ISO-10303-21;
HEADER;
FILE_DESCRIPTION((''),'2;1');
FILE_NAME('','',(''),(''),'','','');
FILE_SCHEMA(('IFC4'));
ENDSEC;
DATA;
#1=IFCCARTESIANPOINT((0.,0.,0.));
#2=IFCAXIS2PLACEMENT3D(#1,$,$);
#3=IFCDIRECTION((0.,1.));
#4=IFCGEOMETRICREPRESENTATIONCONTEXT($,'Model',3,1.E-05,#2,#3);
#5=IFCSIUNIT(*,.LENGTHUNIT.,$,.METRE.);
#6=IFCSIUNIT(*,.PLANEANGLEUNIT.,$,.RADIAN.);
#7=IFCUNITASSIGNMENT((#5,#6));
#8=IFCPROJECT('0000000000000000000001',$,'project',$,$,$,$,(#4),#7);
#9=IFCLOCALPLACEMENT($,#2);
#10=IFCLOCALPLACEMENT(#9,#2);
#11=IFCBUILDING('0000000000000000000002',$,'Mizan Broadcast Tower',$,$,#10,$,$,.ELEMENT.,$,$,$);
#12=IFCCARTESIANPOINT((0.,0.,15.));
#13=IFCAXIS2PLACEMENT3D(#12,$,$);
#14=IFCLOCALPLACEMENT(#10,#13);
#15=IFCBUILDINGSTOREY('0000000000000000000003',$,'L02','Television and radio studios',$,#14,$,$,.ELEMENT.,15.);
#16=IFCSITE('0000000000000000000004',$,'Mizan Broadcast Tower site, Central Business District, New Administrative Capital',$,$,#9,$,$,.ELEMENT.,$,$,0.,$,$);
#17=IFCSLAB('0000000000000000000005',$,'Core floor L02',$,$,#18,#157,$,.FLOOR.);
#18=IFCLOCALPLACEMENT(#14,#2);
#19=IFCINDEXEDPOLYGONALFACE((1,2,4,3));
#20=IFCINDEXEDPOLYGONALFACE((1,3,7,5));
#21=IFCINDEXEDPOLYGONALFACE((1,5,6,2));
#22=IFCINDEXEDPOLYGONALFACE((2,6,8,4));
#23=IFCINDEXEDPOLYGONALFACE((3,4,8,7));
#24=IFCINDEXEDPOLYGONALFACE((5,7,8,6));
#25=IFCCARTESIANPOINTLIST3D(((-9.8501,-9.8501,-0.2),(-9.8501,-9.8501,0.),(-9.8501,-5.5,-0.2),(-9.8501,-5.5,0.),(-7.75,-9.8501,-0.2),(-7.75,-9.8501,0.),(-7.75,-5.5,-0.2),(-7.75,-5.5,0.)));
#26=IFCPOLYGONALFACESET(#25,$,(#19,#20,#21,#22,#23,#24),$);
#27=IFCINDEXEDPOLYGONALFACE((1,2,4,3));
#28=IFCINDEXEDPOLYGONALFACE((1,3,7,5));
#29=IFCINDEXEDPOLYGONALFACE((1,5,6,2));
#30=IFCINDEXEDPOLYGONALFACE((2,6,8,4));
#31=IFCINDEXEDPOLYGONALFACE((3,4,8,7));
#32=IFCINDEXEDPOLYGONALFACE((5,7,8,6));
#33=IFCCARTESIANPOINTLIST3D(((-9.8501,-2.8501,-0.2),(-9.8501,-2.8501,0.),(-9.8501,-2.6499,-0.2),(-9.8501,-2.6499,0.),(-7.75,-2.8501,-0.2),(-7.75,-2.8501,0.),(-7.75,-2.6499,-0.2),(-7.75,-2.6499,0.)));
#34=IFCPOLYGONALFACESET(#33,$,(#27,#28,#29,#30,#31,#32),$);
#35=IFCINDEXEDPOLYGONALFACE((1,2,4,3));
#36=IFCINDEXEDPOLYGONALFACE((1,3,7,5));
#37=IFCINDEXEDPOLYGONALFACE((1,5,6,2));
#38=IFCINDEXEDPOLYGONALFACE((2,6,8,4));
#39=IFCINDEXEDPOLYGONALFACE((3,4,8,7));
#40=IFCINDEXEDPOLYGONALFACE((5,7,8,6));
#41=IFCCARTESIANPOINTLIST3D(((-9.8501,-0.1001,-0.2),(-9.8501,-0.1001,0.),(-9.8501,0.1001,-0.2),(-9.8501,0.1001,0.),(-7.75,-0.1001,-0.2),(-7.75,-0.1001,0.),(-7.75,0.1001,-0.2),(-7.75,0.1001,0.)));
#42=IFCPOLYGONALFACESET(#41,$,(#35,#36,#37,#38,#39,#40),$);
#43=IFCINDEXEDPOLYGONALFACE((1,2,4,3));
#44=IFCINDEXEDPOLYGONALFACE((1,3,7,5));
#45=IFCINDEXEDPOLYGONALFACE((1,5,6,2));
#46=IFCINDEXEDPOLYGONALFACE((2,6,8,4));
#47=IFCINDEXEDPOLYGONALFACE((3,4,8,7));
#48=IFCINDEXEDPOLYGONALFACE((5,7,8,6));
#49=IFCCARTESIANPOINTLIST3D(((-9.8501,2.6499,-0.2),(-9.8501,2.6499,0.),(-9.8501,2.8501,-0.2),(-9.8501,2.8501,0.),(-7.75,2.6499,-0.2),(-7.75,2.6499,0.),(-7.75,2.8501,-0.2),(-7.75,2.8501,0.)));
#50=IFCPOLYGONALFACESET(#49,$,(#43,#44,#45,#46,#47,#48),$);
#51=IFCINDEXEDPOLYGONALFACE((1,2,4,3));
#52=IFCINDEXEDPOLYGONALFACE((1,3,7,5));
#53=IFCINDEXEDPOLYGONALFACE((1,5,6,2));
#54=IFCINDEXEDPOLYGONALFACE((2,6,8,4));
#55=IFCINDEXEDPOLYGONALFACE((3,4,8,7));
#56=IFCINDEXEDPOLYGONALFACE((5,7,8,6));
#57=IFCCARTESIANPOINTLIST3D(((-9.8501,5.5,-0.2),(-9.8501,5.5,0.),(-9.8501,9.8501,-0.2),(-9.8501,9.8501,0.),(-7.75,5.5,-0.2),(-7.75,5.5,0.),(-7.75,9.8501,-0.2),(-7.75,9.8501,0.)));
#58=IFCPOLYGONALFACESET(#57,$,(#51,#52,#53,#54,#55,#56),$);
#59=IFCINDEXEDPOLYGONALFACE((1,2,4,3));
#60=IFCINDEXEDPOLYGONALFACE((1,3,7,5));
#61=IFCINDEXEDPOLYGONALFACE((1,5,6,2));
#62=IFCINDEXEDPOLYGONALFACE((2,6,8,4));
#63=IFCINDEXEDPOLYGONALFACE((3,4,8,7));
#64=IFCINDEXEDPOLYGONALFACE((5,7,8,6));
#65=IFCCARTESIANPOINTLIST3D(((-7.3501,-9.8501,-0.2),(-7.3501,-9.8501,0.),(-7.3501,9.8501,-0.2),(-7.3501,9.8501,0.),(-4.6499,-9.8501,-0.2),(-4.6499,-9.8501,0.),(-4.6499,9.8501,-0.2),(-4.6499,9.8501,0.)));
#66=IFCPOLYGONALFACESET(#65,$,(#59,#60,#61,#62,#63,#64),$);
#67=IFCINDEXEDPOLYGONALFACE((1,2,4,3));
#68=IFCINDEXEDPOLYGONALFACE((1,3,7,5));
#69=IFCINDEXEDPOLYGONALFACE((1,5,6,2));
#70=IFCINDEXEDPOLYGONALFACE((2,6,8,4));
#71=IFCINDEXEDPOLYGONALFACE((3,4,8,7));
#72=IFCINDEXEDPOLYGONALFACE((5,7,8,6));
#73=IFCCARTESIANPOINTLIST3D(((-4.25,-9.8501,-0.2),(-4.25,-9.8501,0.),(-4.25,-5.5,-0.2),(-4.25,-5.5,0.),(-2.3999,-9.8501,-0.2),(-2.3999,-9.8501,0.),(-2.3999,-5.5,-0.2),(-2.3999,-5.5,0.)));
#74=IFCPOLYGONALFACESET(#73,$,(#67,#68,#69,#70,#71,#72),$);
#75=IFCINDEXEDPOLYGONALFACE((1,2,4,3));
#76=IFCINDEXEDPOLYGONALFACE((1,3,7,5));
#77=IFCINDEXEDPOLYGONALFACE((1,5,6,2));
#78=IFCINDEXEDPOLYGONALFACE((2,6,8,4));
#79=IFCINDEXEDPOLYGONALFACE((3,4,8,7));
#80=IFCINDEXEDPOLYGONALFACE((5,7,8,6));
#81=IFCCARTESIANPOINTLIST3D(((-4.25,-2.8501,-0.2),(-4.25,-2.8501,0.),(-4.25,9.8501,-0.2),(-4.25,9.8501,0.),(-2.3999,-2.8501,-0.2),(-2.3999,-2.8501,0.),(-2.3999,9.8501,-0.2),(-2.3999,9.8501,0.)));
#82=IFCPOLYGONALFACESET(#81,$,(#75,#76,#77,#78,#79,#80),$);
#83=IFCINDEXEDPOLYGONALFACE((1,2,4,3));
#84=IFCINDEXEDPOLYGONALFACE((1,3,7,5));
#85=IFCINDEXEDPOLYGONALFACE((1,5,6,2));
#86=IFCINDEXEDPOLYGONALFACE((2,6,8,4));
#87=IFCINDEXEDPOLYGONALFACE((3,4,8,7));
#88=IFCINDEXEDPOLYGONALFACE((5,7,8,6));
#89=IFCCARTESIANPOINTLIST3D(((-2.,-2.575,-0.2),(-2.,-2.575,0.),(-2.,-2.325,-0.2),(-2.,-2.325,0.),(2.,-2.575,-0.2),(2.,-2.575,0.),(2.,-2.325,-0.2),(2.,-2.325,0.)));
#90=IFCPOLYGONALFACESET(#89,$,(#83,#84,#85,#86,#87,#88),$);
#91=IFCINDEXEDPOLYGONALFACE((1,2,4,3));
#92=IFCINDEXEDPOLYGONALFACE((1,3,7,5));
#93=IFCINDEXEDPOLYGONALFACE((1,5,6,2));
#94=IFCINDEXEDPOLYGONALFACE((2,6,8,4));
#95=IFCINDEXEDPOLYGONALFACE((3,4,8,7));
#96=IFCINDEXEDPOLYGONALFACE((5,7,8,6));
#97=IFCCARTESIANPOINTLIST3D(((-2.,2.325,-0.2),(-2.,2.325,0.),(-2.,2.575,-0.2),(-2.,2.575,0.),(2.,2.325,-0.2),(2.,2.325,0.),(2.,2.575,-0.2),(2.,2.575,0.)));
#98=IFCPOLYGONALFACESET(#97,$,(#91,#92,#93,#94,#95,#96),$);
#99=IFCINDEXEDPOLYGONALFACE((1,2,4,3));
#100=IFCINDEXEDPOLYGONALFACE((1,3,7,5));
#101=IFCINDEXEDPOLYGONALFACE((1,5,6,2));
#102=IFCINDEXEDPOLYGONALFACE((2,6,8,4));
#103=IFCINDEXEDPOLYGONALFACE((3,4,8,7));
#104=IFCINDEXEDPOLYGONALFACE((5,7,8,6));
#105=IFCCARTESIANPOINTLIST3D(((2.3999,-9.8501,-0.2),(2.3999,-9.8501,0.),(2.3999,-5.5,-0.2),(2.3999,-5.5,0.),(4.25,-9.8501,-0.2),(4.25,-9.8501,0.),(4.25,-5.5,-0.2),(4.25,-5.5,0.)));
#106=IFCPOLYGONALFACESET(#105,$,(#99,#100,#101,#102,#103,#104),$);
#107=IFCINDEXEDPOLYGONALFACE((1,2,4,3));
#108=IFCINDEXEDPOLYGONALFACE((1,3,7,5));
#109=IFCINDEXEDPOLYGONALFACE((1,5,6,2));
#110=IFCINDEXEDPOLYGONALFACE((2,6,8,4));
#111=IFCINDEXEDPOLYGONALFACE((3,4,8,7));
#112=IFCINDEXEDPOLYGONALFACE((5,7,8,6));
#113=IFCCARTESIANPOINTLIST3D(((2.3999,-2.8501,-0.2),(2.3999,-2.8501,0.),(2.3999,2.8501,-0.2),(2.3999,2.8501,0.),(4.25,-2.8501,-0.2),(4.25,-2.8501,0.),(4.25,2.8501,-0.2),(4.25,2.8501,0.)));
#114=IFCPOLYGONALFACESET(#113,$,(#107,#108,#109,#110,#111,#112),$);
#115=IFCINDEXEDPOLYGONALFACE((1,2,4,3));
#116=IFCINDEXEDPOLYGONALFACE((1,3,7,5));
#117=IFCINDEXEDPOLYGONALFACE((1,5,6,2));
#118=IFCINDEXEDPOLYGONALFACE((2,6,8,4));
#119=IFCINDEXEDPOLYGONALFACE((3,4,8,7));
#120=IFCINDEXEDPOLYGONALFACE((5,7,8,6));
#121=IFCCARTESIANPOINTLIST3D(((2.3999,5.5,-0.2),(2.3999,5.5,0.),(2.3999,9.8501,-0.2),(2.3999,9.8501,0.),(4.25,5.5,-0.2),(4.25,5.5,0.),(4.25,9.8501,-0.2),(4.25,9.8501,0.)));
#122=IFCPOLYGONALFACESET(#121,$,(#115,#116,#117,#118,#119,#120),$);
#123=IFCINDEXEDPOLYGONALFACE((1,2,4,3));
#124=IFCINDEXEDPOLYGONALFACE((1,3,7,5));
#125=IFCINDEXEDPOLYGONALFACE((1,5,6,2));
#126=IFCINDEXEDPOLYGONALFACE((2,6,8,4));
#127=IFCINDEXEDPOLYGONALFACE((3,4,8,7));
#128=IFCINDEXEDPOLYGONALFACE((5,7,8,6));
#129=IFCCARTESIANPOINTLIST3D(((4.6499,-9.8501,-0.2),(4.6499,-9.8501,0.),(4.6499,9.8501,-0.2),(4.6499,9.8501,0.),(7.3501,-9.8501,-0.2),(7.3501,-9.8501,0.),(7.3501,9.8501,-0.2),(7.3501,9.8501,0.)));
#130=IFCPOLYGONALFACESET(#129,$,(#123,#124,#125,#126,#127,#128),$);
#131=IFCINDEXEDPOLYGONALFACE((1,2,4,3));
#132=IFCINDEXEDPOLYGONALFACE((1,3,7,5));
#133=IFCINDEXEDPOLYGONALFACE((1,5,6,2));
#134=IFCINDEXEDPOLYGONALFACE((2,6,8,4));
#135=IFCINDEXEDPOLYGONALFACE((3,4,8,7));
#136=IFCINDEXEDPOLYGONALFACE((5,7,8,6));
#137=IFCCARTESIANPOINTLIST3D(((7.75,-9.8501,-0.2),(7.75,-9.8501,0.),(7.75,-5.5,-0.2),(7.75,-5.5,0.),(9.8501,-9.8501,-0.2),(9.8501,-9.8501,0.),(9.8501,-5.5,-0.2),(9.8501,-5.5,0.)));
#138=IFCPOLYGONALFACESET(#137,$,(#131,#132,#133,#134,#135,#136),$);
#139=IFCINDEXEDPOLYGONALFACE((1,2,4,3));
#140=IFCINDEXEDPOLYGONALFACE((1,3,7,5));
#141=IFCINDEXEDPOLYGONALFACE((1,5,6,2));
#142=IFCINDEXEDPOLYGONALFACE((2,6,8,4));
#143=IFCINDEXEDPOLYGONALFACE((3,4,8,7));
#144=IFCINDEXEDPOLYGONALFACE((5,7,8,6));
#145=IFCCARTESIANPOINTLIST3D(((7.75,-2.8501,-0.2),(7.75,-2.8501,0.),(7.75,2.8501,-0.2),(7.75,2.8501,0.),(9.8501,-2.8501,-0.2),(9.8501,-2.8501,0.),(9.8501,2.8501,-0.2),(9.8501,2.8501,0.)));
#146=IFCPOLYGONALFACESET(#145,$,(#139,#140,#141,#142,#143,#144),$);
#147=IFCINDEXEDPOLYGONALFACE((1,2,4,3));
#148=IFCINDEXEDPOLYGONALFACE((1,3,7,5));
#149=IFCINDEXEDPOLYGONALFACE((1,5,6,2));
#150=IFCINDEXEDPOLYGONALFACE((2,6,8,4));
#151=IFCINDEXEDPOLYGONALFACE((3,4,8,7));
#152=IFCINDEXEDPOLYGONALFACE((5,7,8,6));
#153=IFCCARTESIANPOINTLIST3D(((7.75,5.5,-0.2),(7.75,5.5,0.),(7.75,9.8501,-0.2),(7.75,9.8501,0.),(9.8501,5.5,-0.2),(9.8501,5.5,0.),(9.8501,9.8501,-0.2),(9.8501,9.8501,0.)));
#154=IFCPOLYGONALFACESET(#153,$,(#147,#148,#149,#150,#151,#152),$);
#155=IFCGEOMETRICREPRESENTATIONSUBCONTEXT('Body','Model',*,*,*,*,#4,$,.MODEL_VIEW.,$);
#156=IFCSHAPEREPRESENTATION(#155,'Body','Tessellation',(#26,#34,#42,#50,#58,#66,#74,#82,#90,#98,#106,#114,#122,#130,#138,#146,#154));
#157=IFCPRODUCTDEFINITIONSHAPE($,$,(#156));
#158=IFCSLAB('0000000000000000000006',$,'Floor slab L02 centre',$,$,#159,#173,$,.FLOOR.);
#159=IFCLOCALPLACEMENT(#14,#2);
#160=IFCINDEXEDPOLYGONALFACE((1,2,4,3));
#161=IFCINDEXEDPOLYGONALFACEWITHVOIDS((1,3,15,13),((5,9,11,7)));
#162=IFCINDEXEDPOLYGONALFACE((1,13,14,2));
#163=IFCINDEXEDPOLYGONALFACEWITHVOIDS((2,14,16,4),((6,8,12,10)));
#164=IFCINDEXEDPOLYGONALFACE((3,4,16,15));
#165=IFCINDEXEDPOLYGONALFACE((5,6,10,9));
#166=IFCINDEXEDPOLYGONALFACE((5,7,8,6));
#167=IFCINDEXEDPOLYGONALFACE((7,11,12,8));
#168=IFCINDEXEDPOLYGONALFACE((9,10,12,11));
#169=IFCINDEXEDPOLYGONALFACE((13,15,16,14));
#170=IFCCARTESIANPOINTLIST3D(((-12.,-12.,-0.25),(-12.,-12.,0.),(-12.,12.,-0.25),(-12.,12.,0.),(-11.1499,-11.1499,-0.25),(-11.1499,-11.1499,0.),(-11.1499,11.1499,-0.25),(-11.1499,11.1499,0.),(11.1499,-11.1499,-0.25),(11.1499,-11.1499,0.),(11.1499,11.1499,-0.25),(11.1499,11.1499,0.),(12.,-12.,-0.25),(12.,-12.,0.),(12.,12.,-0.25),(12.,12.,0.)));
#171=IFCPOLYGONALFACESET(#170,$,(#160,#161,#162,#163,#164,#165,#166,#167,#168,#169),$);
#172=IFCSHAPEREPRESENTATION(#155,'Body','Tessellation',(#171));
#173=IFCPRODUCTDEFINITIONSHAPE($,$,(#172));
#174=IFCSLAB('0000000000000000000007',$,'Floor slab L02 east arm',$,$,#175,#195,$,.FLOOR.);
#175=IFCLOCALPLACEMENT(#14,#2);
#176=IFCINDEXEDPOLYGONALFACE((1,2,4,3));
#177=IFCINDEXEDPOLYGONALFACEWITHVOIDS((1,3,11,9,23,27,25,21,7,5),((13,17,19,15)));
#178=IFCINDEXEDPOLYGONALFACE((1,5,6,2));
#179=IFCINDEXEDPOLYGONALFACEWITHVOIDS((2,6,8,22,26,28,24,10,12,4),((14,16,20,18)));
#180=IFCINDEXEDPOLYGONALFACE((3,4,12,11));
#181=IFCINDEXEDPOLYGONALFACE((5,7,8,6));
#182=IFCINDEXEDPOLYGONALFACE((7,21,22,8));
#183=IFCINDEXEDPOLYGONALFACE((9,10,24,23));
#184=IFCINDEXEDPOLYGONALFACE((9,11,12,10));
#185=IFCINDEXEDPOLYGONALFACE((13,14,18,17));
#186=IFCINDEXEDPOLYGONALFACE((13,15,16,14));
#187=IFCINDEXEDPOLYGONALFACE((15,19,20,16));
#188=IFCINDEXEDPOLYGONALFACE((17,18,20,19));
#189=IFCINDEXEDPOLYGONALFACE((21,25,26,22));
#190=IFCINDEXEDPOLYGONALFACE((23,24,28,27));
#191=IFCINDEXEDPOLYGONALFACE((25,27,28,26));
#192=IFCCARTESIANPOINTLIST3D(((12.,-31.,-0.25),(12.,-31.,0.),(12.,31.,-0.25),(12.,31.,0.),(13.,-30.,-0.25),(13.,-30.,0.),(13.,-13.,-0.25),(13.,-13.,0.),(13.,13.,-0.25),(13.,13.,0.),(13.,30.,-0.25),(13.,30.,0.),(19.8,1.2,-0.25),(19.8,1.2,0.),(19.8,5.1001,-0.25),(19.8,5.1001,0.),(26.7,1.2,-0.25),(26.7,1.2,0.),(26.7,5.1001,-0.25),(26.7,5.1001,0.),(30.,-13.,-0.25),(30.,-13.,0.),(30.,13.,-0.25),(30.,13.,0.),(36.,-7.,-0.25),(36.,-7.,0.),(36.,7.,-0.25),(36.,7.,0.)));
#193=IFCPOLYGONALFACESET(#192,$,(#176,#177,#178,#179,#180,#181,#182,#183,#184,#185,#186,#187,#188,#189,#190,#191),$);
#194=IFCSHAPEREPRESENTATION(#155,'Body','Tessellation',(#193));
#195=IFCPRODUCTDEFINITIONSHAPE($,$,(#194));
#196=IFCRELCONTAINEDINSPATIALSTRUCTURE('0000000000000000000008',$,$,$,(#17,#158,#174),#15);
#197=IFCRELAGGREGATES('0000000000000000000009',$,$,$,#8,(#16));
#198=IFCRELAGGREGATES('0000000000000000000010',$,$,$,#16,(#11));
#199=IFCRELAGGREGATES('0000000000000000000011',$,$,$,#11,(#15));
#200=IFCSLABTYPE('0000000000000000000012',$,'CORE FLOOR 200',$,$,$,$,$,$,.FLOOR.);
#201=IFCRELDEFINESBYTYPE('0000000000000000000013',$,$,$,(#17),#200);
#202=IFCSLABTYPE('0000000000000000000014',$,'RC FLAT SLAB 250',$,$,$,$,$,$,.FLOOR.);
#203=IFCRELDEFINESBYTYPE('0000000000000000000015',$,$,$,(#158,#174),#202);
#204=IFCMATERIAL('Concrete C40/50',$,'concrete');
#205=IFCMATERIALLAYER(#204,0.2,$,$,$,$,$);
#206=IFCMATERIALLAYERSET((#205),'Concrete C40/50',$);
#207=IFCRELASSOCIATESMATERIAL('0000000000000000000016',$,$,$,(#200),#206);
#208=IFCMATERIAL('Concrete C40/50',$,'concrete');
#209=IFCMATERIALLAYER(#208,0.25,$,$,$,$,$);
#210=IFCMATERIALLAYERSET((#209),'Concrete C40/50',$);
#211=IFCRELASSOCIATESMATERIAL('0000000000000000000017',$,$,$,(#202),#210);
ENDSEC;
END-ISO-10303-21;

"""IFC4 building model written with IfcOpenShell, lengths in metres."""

from ifc_helpers import new_model, si_unit, direction, frame, origin, place, context, subcontext, project, spatial, polyline, outline, extrude, material, layer, layer_set, type_object, element, save


model = new_model("IFC4")

# Units and contexts
model_context = context("Model", 3, precision=1e-05, world=origin(), true_north=direction((0.0, 1.0)))
body_context = subcontext(model_context, "Body", "Model", "MODEL_VIEW")
ifc_project = project(units=[si_unit("LENGTHUNIT", "METRE"), si_unit("PLANEANGLEUNIT", "RADIAN")], contexts=[model_context])

# Site, building, storey
site_placement = place(None, origin())
site = spatial("IfcSite", under=ifc_project, at=site_placement, Name="Mizan Broadcast Tower site, Central Business District, New Administrative Capital", CompositionType="ELEMENT", RefElevation=0.0)
building_placement = place(site_placement, origin())
building = spatial("IfcBuilding", under=site, at=building_placement, Name="Mizan Broadcast Tower", CompositionType="ELEMENT")
storey_placement = place(building_placement, frame((0.0, 0.0, 15.0)))
storey = spatial("IfcBuildingStorey", under=building, at=storey_placement, Name="L02", Description="Television and radio studios", CompositionType="ELEMENT", Elevation=15.0)

# Slabs
ifc_material_1 = material(Name="Concrete C40/50", Category="concrete")
ifc_layer_1 = layer(ifc_material_1, 0.2)
ifc_layer_set_1 = layer_set([ifc_layer_1], Name="Concrete C40/50")
slab_type_1 = type_object("IfcSlabType", Name="CORE FLOOR 200", PredefinedType="FLOOR", material=ifc_layer_set_1)
slab_1_placement = place(storey_placement, frame((0.0, 0.0, -0.2)))
element("IfcSlab", 1, at=slab_1_placement, inside=storey, type_object=slab_type_1, Name="Core floor L02", PredefinedType="FLOOR", context=body_context, shape_type="SweptSolid", body=[
    extrude(outline(polyline([(-9.8501, -9.8501), (-7.75, -9.8501), (-7.75, -5.5), (-9.8501, -5.5), (-9.8501, -9.8501)])), origin(), (0.0, 0.0, 1.0), 0.2),
    extrude(outline(polyline([(-9.8501, -2.8501), (-7.75, -2.8501), (-7.75, -2.6499), (-9.8501, -2.6499), (-9.8501, -2.8501)])), origin(), (0.0, 0.0, 1.0), 0.2),
    extrude(outline(polyline([(-9.8501, -0.1001), (-7.75, -0.1001), (-7.75, 0.1001), (-9.8501, 0.1001), (-9.8501, -0.1001)])), origin(), (0.0, 0.0, 1.0), 0.2),
    extrude(outline(polyline([(-9.8501, 2.6499), (-7.75, 2.6499), (-7.75, 2.8501), (-9.8501, 2.8501), (-9.8501, 2.6499)])), origin(), (0.0, 0.0, 1.0), 0.2),
    extrude(outline(polyline([(-9.8501, 5.5), (-7.75, 5.5), (-7.75, 9.8501), (-9.8501, 9.8501), (-9.8501, 5.5)])), origin(), (0.0, 0.0, 1.0), 0.2),
    extrude(outline(polyline([(-4.6499, 9.8501), (-7.3501, 9.8501), (-7.3501, -9.8501), (-4.6499, -9.8501), (-4.6499, 9.8501)])), origin(), (0.0, 0.0, 1.0), 0.2),
    extrude(outline(polyline([(-4.25, -5.5), (-4.25, -9.8501), (-2.3999, -9.8501), (-2.3999, -5.5), (-4.25, -5.5)])), origin(), (0.0, 0.0, 1.0), 0.2),
    extrude(outline(polyline([(-4.25, -2.8501), (-2.3999, -2.8501), (-2.3999, 9.8501), (-4.25, 9.8501), (-4.25, -2.8501)])), origin(), (0.0, 0.0, 1.0), 0.2),
    extrude(outline(polyline([(2.0, -2.325), (-2.0, -2.325), (-2.0, -2.575), (2.0, -2.575), (2.0, -2.325)])), origin(), (0.0, 0.0, 1.0), 0.2),
    extrude(outline(polyline([(2.0, 2.575), (-2.0, 2.575), (-2.0, 2.325), (2.0, 2.325), (2.0, 2.575)])), origin(), (0.0, 0.0, 1.0), 0.2),
    extrude(outline(polyline([(4.25, -9.8501), (4.25, -5.5), (2.3999, -5.5), (2.3999, -9.8501), (4.25, -9.8501)])), origin(), (0.0, 0.0, 1.0), 0.2),
    extrude(outline(polyline([(4.25, -2.8501), (4.25, 2.8501), (2.3999, 2.8501), (2.3999, -2.8501), (4.25, -2.8501)])), origin(), (0.0, 0.0, 1.0), 0.2),
    extrude(outline(polyline([(4.25, 5.5), (4.25, 9.8501), (2.3999, 9.8501), (2.3999, 5.5), (4.25, 5.5)])), origin(), (0.0, 0.0, 1.0), 0.2),
    extrude(outline(polyline([(4.6499, 9.8501), (4.6499, -9.8501), (7.3501, -9.8501), (7.3501, 9.8501), (4.6499, 9.8501)])), origin(), (0.0, 0.0, 1.0), 0.2),
    extrude(outline(polyline([(9.8501, -9.8501), (9.8501, -5.5), (7.75, -5.5), (7.75, -9.8501), (9.8501, -9.8501)])), origin(), (0.0, 0.0, 1.0), 0.2),
    extrude(outline(polyline([(7.75, 2.8501), (7.75, -2.8501), (9.8501, -2.8501), (9.8501, 2.8501), (7.75, 2.8501)])), origin(), (0.0, 0.0, 1.0), 0.2),
    extrude(outline(polyline([(9.8501, 5.5), (9.8501, 9.8501), (7.75, 9.8501), (7.75, 5.5), (9.8501, 5.5)])), origin(), (0.0, 0.0, 1.0), 0.2),
])
ifc_material_2 = material(Name="Concrete C40/50", Category="concrete")
ifc_layer_2 = layer(ifc_material_2, 0.25)
ifc_layer_set_2 = layer_set([ifc_layer_2], Name="Concrete C40/50")
slab_type_2 = type_object("IfcSlabType", Name="RC FLAT SLAB 250", PredefinedType="FLOOR", material=ifc_layer_set_2)
slab_2_placement = place(storey_placement, frame((0.0, 0.0, -0.25)))
element("IfcSlab", 2, at=slab_2_placement, inside=storey, type_object=slab_type_2, Name="Floor slab L02 centre", PredefinedType="FLOOR", context=body_context, shape_type="SweptSolid", body=[
    extrude(outline(polyline([(-12.0, -12.0), (12.0, -12.0), (12.0, 12.0), (-12.0, 12.0), (-12.0, -12.0)]), holes=[polyline([(-11.1499, 11.1499), (11.1499, 11.1499), (11.1499, -11.1499), (-11.1499, -11.1499), (-11.1499, 11.1499)])]), origin(), (0.0, 0.0, 1.0), 0.25),
])
slab_3_placement = place(storey_placement, frame((0.0, 0.0, -0.25)))
element("IfcSlab", 3, at=slab_3_placement, inside=storey, type_object=slab_type_2, Name="Floor slab L02 east arm", PredefinedType="FLOOR", context=body_context, shape_type="SweptSolid", body=[
    extrude(outline(polyline([(13.0, 30.0), (12.0, 31.0), (12.0, -31.0), (13.0, -30.0), (13.0, -13.0), (30.0, -13.0), (36.0, -7.0), (36.0, 7.0), (30.0, 13.0), (13.0, 13.0), (13.0, 30.0)]), holes=[polyline([(26.7, 1.2), (19.8, 1.2), (19.8, 5.1001), (26.7, 5.1001), (26.7, 1.2)])]), origin(), (0.0, 0.0, 1.0), 0.25),
])

save(model, "model.ifc")
